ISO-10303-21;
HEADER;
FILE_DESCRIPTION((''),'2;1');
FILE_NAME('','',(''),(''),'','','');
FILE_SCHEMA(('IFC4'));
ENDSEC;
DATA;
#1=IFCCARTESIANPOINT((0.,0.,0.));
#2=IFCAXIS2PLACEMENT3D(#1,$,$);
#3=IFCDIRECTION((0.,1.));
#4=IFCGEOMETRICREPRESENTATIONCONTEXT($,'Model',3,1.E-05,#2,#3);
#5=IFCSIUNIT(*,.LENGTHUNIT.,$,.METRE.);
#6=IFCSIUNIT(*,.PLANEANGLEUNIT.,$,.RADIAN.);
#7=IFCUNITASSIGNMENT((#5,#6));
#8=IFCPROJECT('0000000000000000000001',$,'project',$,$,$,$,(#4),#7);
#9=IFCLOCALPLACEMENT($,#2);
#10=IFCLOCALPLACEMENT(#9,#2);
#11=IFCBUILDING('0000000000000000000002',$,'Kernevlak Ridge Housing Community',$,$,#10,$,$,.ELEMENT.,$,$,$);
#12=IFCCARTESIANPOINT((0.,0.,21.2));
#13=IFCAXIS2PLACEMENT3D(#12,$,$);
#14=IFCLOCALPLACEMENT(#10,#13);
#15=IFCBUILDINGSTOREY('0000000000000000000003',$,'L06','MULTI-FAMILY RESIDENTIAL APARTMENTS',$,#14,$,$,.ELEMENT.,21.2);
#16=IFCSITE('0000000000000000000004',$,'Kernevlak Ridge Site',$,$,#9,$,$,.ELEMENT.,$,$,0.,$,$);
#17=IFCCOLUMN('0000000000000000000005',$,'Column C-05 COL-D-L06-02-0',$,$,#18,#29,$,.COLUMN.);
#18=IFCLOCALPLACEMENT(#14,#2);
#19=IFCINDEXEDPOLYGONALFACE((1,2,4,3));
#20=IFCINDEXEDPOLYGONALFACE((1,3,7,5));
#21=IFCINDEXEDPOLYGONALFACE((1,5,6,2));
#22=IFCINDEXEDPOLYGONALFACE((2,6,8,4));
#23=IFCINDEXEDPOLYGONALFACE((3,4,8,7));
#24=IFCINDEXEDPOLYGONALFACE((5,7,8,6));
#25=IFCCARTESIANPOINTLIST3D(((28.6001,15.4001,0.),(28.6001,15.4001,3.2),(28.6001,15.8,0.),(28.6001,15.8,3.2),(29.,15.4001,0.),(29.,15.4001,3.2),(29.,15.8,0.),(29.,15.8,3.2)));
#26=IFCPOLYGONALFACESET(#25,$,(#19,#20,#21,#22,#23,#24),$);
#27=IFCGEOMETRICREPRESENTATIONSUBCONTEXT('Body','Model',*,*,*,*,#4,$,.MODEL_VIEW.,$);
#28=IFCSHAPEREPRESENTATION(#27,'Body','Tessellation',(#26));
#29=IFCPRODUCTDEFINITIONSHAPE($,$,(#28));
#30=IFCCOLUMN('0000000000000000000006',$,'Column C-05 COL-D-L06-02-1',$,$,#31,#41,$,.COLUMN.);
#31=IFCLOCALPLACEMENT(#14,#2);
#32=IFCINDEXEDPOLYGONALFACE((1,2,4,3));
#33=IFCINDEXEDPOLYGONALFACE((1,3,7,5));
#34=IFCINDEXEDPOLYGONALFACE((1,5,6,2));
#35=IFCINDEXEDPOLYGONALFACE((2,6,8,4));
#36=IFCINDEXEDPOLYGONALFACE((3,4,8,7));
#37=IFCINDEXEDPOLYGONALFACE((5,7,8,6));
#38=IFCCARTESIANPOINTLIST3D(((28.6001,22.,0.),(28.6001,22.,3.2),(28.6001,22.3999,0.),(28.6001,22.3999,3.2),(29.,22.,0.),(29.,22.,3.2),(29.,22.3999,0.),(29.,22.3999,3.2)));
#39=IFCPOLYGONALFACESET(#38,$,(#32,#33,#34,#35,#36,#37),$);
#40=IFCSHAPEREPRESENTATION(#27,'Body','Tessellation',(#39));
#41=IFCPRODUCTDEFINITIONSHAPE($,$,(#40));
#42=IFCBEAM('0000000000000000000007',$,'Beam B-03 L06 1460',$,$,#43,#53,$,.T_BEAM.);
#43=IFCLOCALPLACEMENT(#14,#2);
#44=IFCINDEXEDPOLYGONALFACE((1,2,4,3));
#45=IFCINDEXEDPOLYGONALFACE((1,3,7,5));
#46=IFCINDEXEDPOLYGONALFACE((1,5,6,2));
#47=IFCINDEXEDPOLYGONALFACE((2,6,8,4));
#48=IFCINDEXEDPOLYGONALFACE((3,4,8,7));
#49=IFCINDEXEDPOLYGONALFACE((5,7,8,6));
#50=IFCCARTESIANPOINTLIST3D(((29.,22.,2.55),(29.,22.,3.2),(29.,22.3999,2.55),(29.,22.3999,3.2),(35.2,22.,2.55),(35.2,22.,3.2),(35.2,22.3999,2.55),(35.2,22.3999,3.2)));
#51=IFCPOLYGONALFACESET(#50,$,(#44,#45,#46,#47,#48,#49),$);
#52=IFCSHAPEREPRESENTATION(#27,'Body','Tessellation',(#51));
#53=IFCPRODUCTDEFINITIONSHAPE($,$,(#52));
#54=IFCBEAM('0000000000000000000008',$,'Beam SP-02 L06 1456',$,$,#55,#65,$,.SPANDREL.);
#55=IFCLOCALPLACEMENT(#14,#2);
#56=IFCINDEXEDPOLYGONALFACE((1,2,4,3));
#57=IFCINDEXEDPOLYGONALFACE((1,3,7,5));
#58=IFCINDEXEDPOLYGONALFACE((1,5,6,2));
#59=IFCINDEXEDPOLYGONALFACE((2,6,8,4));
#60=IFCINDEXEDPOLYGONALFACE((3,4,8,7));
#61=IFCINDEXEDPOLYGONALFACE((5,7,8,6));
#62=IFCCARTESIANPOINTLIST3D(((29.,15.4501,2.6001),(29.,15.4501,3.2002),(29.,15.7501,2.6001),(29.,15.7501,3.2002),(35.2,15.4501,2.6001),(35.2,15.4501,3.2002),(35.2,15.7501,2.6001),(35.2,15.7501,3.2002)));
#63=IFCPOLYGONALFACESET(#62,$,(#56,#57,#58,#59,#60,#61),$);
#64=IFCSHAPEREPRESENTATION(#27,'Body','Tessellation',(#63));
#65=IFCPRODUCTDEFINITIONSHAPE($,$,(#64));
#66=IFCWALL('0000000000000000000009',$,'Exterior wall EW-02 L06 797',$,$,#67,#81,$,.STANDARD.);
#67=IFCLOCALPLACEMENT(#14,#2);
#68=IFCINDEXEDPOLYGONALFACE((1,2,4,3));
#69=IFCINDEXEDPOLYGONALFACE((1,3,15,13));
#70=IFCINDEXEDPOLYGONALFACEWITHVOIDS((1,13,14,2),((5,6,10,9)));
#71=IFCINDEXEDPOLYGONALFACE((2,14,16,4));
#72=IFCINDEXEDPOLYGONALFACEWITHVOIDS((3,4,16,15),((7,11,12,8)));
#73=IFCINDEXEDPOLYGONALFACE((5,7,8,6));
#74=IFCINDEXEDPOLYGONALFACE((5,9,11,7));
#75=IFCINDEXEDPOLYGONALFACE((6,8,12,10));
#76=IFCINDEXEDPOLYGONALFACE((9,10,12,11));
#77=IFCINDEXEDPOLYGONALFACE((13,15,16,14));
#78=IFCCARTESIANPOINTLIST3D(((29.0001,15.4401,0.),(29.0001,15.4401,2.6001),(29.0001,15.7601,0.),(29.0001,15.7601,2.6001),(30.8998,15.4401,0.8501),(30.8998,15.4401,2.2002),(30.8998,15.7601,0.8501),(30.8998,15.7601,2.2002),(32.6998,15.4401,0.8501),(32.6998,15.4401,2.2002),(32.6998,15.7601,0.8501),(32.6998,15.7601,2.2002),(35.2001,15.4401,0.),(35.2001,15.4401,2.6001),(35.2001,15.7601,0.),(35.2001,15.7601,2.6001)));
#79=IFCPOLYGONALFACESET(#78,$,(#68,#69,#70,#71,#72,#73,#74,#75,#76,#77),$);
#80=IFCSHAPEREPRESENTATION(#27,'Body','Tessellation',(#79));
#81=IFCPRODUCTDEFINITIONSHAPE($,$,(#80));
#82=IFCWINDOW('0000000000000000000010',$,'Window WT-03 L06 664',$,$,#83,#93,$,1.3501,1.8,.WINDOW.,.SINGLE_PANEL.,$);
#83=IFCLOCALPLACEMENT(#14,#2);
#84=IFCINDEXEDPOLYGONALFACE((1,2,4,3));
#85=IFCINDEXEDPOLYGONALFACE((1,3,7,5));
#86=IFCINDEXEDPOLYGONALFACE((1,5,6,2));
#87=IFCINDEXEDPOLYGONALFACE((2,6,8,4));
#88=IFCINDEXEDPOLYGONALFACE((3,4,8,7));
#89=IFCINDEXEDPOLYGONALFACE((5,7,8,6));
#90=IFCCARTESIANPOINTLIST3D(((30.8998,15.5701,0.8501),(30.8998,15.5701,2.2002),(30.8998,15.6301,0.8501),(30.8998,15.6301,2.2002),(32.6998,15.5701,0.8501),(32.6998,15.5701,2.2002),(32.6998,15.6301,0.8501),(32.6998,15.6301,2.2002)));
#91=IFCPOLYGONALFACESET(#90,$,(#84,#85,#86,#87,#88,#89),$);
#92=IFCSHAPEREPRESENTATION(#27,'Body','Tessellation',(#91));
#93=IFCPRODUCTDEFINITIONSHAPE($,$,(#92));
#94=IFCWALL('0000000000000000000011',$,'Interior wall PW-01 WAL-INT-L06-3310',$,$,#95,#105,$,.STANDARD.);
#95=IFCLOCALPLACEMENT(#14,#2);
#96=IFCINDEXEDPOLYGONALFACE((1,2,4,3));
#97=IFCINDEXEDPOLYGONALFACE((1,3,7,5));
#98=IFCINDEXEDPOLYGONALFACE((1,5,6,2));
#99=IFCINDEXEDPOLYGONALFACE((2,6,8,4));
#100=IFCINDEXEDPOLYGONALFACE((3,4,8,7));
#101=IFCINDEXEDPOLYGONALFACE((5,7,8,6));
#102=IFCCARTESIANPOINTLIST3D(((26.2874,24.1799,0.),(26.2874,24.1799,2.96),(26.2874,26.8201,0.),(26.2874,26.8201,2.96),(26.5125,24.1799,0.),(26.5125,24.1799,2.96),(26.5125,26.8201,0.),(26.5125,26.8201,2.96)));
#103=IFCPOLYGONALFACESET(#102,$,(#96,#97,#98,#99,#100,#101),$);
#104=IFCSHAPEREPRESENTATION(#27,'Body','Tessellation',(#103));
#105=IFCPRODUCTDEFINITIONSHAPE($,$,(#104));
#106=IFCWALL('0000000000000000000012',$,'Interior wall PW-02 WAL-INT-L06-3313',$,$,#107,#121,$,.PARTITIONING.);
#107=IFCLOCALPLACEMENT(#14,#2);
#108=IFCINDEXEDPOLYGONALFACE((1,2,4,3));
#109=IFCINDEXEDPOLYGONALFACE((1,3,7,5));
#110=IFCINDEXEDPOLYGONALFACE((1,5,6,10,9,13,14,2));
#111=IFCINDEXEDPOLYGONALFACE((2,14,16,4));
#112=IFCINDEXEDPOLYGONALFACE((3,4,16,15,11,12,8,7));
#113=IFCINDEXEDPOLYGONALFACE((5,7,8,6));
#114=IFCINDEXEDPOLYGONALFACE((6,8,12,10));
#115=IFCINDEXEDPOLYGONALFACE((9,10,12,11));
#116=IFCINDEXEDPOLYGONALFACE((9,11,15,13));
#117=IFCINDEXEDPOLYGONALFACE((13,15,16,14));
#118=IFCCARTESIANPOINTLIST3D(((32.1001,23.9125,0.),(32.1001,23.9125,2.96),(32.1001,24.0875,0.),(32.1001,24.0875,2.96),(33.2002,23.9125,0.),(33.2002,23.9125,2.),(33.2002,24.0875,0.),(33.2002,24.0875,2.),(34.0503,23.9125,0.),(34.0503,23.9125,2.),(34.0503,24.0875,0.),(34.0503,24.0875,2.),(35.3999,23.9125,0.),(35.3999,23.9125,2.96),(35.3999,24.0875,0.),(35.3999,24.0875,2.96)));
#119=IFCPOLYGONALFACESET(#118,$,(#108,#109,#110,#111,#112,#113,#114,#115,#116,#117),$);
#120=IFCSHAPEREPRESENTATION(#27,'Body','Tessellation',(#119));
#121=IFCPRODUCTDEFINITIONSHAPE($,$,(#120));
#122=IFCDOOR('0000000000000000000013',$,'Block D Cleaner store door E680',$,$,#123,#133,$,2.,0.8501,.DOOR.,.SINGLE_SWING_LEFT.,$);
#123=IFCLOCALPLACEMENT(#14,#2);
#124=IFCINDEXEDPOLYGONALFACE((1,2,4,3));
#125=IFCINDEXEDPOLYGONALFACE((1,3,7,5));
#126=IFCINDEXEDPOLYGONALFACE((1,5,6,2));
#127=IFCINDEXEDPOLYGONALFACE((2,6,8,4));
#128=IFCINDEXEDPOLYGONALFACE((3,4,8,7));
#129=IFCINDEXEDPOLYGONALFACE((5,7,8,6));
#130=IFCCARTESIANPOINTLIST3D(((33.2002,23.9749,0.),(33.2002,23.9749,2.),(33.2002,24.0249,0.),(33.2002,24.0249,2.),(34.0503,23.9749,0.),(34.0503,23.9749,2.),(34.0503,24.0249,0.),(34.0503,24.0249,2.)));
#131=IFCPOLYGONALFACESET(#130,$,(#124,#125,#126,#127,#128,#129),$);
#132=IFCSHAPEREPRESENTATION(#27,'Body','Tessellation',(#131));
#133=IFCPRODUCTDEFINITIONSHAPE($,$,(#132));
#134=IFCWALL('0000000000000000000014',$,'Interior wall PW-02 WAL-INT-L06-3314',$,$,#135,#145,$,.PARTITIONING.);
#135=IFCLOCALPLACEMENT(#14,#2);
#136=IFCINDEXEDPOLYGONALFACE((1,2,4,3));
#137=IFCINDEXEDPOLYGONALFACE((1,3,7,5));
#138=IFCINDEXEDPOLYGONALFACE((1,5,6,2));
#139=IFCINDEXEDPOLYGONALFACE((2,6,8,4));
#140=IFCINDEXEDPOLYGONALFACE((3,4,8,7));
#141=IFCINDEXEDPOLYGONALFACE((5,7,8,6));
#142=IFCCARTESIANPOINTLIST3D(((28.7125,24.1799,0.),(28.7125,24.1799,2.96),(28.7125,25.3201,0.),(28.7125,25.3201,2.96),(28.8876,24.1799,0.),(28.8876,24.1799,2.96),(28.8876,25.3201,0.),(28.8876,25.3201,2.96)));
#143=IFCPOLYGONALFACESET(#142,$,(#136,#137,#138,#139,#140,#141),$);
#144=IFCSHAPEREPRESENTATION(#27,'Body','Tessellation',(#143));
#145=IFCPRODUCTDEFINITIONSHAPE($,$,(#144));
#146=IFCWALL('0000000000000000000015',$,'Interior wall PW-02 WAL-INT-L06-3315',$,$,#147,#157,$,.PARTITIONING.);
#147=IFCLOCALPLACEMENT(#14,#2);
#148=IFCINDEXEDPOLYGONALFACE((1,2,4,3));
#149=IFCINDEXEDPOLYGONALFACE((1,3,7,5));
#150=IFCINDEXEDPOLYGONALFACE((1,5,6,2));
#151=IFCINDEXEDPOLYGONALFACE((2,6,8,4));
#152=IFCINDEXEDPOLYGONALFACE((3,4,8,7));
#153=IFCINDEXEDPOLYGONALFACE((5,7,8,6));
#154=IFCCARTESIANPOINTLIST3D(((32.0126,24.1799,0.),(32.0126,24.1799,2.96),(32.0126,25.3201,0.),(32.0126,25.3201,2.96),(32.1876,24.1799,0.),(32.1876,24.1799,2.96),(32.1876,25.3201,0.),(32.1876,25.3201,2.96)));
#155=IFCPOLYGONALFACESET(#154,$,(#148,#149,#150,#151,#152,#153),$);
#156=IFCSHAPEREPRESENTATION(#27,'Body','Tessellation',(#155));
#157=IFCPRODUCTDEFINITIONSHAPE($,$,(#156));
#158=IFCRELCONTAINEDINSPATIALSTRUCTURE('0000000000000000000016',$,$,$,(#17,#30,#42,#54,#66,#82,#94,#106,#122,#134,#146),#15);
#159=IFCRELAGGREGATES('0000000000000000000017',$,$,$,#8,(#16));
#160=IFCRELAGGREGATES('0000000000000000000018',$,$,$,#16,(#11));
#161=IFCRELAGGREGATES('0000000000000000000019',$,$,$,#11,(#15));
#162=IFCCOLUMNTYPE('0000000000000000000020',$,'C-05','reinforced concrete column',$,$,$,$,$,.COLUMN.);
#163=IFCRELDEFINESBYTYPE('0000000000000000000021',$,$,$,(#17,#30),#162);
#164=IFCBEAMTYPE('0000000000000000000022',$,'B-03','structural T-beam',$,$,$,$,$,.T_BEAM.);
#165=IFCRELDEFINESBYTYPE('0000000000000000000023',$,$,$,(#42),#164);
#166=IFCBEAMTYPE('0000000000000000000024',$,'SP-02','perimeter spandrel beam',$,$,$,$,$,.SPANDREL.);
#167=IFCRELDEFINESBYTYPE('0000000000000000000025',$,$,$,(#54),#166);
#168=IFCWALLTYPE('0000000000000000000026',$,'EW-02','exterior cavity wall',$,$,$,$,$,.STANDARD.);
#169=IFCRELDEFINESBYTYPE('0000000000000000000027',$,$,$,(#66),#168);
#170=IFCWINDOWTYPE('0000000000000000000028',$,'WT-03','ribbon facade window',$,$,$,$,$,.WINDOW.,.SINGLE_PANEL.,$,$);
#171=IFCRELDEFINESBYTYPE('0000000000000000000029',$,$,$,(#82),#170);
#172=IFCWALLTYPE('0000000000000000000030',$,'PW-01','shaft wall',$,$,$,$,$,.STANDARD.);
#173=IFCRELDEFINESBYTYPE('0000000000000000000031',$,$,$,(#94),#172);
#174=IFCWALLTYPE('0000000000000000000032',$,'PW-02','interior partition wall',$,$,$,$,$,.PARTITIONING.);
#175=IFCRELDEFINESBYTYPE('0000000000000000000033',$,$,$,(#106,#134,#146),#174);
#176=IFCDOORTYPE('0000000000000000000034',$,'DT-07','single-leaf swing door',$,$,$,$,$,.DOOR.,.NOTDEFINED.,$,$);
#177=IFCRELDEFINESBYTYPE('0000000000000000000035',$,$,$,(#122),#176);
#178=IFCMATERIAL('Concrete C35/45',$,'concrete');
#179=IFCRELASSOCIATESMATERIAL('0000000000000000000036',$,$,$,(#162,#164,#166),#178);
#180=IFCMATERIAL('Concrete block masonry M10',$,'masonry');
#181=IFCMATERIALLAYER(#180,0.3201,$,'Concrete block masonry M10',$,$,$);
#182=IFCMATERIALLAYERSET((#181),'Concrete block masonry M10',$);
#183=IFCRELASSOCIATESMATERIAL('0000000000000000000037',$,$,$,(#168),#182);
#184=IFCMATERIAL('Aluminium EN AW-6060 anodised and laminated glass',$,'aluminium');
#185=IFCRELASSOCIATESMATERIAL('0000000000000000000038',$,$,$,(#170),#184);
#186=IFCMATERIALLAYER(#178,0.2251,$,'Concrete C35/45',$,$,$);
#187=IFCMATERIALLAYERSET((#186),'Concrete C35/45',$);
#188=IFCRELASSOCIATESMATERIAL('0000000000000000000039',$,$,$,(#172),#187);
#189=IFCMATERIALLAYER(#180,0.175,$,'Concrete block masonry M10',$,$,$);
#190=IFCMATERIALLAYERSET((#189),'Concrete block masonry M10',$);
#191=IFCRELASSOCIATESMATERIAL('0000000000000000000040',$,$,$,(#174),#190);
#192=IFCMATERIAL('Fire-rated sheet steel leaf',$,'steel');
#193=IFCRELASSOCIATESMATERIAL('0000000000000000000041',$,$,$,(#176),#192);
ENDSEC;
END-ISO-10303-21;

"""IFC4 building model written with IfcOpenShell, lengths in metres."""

from ifc_helpers import new_model, si_unit, direction, frame, frame_2d, origin, origin_2d, place, context, subcontext, project, spatial, rectangle, extrude, material, layer, layer_set, material_profile, profile_set, type_object, element, fill, save


model = new_model("IFC4")

# Units and contexts
model_context = context("Model", 3, precision=1e-05, world=origin(), true_north=direction((0.0, 1.0)))
body_context = subcontext(model_context, "Body", "Model", "MODEL_VIEW")
ifc_project = project(units=[si_unit("LENGTHUNIT", "METRE"), si_unit("PLANEANGLEUNIT", "RADIAN")], contexts=[model_context])

# Site, building, storey
site_placement = place(None, origin())
site = spatial("IfcSite", under=ifc_project, at=site_placement, Name="Kernevlak Ridge Site", CompositionType="ELEMENT", RefElevation=0.0)
building_placement = place(site_placement, origin())
building = spatial("IfcBuilding", under=site, at=building_placement, Name="Kernevlak Ridge Housing Community", CompositionType="ELEMENT")
storey_placement = place(building_placement, frame((0.0, 0.0, 21.2)))
storey = spatial("IfcBuildingStorey", under=building, at=storey_placement, Name="L06", Description="MULTI-FAMILY RESIDENTIAL APARTMENTS", CompositionType="ELEMENT", Elevation=21.2)

# Columns
ifc_material_1 = material(Name="Concrete C35/45", Category="concrete")
ifc_material_profile_1 = material_profile(ifc_material_1, rectangle(XDim=0.3999, YDim=0.3999, at=origin_2d()), Name="RC 400x400")
ifc_profile_set_1 = profile_set([ifc_material_profile_1], Name="Concrete C35/45")
column_type = type_object("IfcColumnType", Name="C-05", Description="reinforced concrete column", PredefinedType="COLUMN", material=ifc_profile_set_1)
for number, where, z_axis, x_axis, name in (
    (1, (28.8, 15.6001, 0.0), (0.0, 0.0, 1.0), (1.0, 0.0, 0.0), "Column C-05 COL-D-L06-02-0"),
    (2, (28.8, 22.2, 0.0), (0.0, 0.0, 1.0), (1.0, 0.0, 0.0), "Column C-05 COL-D-L06-02-1"),
):
    element("IfcColumn", number, at=place(storey_placement, frame(where, z_axis=z_axis, x_axis=x_axis)), inside=storey, type_object=column_type, Name=name, PredefinedType="COLUMN", context=body_context, shape_type="SweptSolid", body=[
        extrude(rectangle(XDim=0.3999, YDim=0.3999, at=origin_2d()), origin(), (0.0, 0.0, 1.0), 3.2),
    ])

# Beams
ifc_material_profile_2 = material_profile(ifc_material_1, rectangle(XDim=0.3999, YDim=0.6499, at=origin_2d()), Name="RC 400x650")
ifc_profile_set_2 = profile_set([ifc_material_profile_2], Name="Concrete C35/45")
beam_type_1 = type_object("IfcBeamType", Name="B-03", Description="structural T-beam", PredefinedType="T_BEAM", material=ifc_profile_set_2)
beam_1_placement = place(storey_placement, frame((29.0, 22.2, 2.875), z_axis=(1.0, 0.0, 0.0), x_axis=(0.0, 1.0, 0.0)))
element("IfcBeam", 3, at=beam_1_placement, inside=storey, type_object=beam_type_1, Name="Beam B-03 L06 1460", PredefinedType="T_BEAM", context=body_context, shape_type="SweptSolid", body=[
    extrude(rectangle(XDim=0.3999, YDim=0.6499, at=origin_2d()), origin(), (0.0, 0.0, 1.0), 6.2),
])
ifc_material_profile_3 = material_profile(ifc_material_1, rectangle(XDim=0.3, YDim=0.6001, at=origin_2d()), Name="RC 300x600")
ifc_profile_set_3 = profile_set([ifc_material_profile_3], Name="Concrete C35/45")
beam_type_2 = type_object("IfcBeamType", Name="SP-02", Description="perimeter spandrel beam", PredefinedType="SPANDREL", material=ifc_profile_set_3)
beam_2_placement = place(storey_placement, frame((29.0, 15.6001, 2.9001), z_axis=(1.0, 0.0, 0.0), x_axis=(0.0, 1.0, 0.0)))
element("IfcBeam", 4, at=beam_2_placement, inside=storey, type_object=beam_type_2, Name="Beam SP-02 L06 1456", PredefinedType="SPANDREL", context=body_context, shape_type="SweptSolid", body=[
    extrude(rectangle(XDim=0.3, YDim=0.6001, at=origin_2d()), origin(), (0.0, 0.0, 1.0), 6.2),
])

# Wall, opening, window
ifc_material_2 = material(Name="Concrete block masonry M10", Category="masonry")
ifc_layer_1 = layer(ifc_material_2, 0.3201, Name="Concrete block masonry M10")
ifc_layer_set_1 = layer_set([ifc_layer_1], Name="Concrete block masonry M10")
wall_type_1 = type_object("IfcWallType", Name="EW-02", Description="exterior cavity wall", PredefinedType="STANDARD", material=ifc_layer_set_1)
wall_1_placement = place(storey_placement, frame((29.0, 15.6001, 0.0), z_axis=(0.0, 0.0, 1.0), x_axis=(1.0, 0.0, 0.0)))
wall_1 = element("IfcWall", 5, at=wall_1_placement, inside=storey, type_object=wall_type_1, Name="Exterior wall EW-02 L06 797", PredefinedType="STANDARD", context=body_context, shape_type="SweptSolid", body=[
    extrude(rectangle(XDim=6.2, YDim=0.3201, at=frame_2d((3.1001, 0.0))), origin(), (0.0, 0.0, 1.0), 2.6001),
])
opening_1_placement = place(wall_1_placement, frame((1.8999, 0.0, 0.8501)))
opening_1 = element("IfcOpeningElement", 6, at=opening_1_placement, cuts=wall_1, PredefinedType="OPENING", context=body_context, shape_type="SweptSolid", body=[
    extrude(rectangle(XDim=1.8, YDim=1.3501, at=frame_2d((0.8999, 0.675))), frame((0.0, 0.1699, 0.0), z_axis=(0.0, -1.0, 0.0), x_axis=(1.0, 0.0, 0.0)), (0.0, 0.0, 1.0), 0.3401),
])
ifc_material_3 = material(Name="Aluminium EN AW-6060 anodised and laminated glass", Category="aluminium")
window_type = type_object("IfcWindowType", Name="WT-03", Description="ribbon facade window", PartitioningType="SINGLE_PANEL", PredefinedType="WINDOW", material=ifc_material_3)
window_placement = place(opening_1_placement, origin())
window = element("IfcWindow", 7, at=window_placement, inside=storey, type_object=window_type, Name="Window WT-03 L06 664", OverallHeight=1.3501, OverallWidth=1.8, PartitioningType="SINGLE_PANEL", PredefinedType="WINDOW", context=body_context, shape_type="SweptSolid", body=[
    extrude(rectangle(XDim=1.8, YDim=1.3501, at=frame_2d((0.8999, 0.675))), frame((0.0, 0.03, 0.0), z_axis=(0.0, -1.0, 0.0), x_axis=(1.0, 0.0, 0.0)), (0.0, 0.0, 1.0), 0.0601),
])
fill(opening_1, window)

# Wall
ifc_layer_2 = layer(ifc_material_1, 0.2251, Name="Concrete C35/45")
ifc_layer_set_2 = layer_set([ifc_layer_2], Name="Concrete C35/45")
wall_type_2 = type_object("IfcWallType", Name="PW-01", Description="shaft wall", PredefinedType="STANDARD", material=ifc_layer_set_2)
wall_2_placement = place(storey_placement, frame((26.3999, 24.1799, 0.0), z_axis=(0.0, 0.0, 1.0), x_axis=(0.0, 1.0, 0.0)))
element("IfcWall", 8, at=wall_2_placement, inside=storey, type_object=wall_type_2, Name="Interior wall PW-01 WAL-INT-L06-3310", PredefinedType="STANDARD", context=body_context, shape_type="SweptSolid", body=[
    extrude(rectangle(XDim=2.6401, YDim=0.2251, at=frame_2d((1.3201, 0.0))), origin(), (0.0, 0.0, 1.0), 2.96),
])

# Wall, opening, door
ifc_layer_3 = layer(ifc_material_2, 0.175, Name="Concrete block masonry M10")
ifc_layer_set_3 = layer_set([ifc_layer_3], Name="Concrete block masonry M10")
wall_type_3 = type_object("IfcWallType", Name="PW-02", Description="interior partition wall", PredefinedType="PARTITIONING", material=ifc_layer_set_3)
ifc_material_4 = material(Name="Fire-rated sheet steel leaf", Category="steel")
wall_3_placement = place(storey_placement, frame((32.1001, 24.0, 0.0), z_axis=(0.0, 0.0, 1.0), x_axis=(1.0, 0.0, 0.0)))
wall_3 = element("IfcWall", 9, at=wall_3_placement, inside=storey, type_object=wall_type_3, Name="Interior wall PW-02 WAL-INT-L06-3313", PredefinedType="PARTITIONING", context=body_context, shape_type="SweptSolid", body=[
    extrude(rectangle(XDim=3.2998, YDim=0.175, at=frame_2d((1.6499, 0.0))), origin(), (0.0, 0.0, 1.0), 2.96),
])
opening_2_placement = place(wall_3_placement, frame((1.1001, 0.0, 0.0)))
opening_2 = element("IfcOpeningElement", 10, at=opening_2_placement, cuts=wall_3, PredefinedType="OPENING", context=body_context, shape_type="SweptSolid", body=[
    extrude(rectangle(XDim=0.8501, YDim=2.0, at=frame_2d((0.425, 1.0))), frame((0.0, 0.0974, 0.0), z_axis=(0.0, -1.0, 0.0), x_axis=(1.0, 0.0, 0.0)), (0.0, 0.0, 1.0), 0.1951),
])
door_type_1 = type_object("IfcDoorType", Name="DT-07", Description="single-leaf swing door", OperationType="NOTDEFINED", PredefinedType="DOOR", material=ifc_material_4)
door_1_placement = place(opening_2_placement, origin())
door_1 = element("IfcDoor", 11, at=door_1_placement, inside=storey, type_object=door_type_1, Name="Block D Cleaner store door E680", OperationType="SINGLE_SWING_LEFT", OverallHeight=2.0, OverallWidth=0.8501, PredefinedType="DOOR", context=body_context, shape_type="SweptSolid", body=[
    extrude(rectangle(XDim=0.8501, YDim=2.0, at=frame_2d((0.425, 1.0))), frame((0.0, 0.0249, 0.0), z_axis=(0.0, -1.0, 0.0), x_axis=(1.0, 0.0, 0.0)), (0.0, 0.0, 1.0), 0.05),
])
fill(opening_2, door_1)

# Walls
for number, where, z_axis, x_axis, name in (
    (12, (28.8, 24.1799, 0.0), (0.0, 0.0, 1.0), (0.0, 1.0, 0.0), "Interior wall PW-02 WAL-INT-L06-3314"),
    (13, (32.1001, 24.1799, 0.0), (0.0, 0.0, 1.0), (0.0, 1.0, 0.0), "Interior wall PW-02 WAL-INT-L06-3315"),
):
    element("IfcWall", number, at=place(storey_placement, frame(where, z_axis=z_axis, x_axis=x_axis)), inside=storey, type_object=wall_type_3, Name=name, PredefinedType="PARTITIONING", context=body_context, shape_type="SweptSolid", body=[
        extrude(rectangle(XDim=1.1401, YDim=0.175, at=frame_2d((0.5701, 0.0))), origin(), (0.0, 0.0, 1.0), 2.96),
    ])

save(model, "model.ifc")
